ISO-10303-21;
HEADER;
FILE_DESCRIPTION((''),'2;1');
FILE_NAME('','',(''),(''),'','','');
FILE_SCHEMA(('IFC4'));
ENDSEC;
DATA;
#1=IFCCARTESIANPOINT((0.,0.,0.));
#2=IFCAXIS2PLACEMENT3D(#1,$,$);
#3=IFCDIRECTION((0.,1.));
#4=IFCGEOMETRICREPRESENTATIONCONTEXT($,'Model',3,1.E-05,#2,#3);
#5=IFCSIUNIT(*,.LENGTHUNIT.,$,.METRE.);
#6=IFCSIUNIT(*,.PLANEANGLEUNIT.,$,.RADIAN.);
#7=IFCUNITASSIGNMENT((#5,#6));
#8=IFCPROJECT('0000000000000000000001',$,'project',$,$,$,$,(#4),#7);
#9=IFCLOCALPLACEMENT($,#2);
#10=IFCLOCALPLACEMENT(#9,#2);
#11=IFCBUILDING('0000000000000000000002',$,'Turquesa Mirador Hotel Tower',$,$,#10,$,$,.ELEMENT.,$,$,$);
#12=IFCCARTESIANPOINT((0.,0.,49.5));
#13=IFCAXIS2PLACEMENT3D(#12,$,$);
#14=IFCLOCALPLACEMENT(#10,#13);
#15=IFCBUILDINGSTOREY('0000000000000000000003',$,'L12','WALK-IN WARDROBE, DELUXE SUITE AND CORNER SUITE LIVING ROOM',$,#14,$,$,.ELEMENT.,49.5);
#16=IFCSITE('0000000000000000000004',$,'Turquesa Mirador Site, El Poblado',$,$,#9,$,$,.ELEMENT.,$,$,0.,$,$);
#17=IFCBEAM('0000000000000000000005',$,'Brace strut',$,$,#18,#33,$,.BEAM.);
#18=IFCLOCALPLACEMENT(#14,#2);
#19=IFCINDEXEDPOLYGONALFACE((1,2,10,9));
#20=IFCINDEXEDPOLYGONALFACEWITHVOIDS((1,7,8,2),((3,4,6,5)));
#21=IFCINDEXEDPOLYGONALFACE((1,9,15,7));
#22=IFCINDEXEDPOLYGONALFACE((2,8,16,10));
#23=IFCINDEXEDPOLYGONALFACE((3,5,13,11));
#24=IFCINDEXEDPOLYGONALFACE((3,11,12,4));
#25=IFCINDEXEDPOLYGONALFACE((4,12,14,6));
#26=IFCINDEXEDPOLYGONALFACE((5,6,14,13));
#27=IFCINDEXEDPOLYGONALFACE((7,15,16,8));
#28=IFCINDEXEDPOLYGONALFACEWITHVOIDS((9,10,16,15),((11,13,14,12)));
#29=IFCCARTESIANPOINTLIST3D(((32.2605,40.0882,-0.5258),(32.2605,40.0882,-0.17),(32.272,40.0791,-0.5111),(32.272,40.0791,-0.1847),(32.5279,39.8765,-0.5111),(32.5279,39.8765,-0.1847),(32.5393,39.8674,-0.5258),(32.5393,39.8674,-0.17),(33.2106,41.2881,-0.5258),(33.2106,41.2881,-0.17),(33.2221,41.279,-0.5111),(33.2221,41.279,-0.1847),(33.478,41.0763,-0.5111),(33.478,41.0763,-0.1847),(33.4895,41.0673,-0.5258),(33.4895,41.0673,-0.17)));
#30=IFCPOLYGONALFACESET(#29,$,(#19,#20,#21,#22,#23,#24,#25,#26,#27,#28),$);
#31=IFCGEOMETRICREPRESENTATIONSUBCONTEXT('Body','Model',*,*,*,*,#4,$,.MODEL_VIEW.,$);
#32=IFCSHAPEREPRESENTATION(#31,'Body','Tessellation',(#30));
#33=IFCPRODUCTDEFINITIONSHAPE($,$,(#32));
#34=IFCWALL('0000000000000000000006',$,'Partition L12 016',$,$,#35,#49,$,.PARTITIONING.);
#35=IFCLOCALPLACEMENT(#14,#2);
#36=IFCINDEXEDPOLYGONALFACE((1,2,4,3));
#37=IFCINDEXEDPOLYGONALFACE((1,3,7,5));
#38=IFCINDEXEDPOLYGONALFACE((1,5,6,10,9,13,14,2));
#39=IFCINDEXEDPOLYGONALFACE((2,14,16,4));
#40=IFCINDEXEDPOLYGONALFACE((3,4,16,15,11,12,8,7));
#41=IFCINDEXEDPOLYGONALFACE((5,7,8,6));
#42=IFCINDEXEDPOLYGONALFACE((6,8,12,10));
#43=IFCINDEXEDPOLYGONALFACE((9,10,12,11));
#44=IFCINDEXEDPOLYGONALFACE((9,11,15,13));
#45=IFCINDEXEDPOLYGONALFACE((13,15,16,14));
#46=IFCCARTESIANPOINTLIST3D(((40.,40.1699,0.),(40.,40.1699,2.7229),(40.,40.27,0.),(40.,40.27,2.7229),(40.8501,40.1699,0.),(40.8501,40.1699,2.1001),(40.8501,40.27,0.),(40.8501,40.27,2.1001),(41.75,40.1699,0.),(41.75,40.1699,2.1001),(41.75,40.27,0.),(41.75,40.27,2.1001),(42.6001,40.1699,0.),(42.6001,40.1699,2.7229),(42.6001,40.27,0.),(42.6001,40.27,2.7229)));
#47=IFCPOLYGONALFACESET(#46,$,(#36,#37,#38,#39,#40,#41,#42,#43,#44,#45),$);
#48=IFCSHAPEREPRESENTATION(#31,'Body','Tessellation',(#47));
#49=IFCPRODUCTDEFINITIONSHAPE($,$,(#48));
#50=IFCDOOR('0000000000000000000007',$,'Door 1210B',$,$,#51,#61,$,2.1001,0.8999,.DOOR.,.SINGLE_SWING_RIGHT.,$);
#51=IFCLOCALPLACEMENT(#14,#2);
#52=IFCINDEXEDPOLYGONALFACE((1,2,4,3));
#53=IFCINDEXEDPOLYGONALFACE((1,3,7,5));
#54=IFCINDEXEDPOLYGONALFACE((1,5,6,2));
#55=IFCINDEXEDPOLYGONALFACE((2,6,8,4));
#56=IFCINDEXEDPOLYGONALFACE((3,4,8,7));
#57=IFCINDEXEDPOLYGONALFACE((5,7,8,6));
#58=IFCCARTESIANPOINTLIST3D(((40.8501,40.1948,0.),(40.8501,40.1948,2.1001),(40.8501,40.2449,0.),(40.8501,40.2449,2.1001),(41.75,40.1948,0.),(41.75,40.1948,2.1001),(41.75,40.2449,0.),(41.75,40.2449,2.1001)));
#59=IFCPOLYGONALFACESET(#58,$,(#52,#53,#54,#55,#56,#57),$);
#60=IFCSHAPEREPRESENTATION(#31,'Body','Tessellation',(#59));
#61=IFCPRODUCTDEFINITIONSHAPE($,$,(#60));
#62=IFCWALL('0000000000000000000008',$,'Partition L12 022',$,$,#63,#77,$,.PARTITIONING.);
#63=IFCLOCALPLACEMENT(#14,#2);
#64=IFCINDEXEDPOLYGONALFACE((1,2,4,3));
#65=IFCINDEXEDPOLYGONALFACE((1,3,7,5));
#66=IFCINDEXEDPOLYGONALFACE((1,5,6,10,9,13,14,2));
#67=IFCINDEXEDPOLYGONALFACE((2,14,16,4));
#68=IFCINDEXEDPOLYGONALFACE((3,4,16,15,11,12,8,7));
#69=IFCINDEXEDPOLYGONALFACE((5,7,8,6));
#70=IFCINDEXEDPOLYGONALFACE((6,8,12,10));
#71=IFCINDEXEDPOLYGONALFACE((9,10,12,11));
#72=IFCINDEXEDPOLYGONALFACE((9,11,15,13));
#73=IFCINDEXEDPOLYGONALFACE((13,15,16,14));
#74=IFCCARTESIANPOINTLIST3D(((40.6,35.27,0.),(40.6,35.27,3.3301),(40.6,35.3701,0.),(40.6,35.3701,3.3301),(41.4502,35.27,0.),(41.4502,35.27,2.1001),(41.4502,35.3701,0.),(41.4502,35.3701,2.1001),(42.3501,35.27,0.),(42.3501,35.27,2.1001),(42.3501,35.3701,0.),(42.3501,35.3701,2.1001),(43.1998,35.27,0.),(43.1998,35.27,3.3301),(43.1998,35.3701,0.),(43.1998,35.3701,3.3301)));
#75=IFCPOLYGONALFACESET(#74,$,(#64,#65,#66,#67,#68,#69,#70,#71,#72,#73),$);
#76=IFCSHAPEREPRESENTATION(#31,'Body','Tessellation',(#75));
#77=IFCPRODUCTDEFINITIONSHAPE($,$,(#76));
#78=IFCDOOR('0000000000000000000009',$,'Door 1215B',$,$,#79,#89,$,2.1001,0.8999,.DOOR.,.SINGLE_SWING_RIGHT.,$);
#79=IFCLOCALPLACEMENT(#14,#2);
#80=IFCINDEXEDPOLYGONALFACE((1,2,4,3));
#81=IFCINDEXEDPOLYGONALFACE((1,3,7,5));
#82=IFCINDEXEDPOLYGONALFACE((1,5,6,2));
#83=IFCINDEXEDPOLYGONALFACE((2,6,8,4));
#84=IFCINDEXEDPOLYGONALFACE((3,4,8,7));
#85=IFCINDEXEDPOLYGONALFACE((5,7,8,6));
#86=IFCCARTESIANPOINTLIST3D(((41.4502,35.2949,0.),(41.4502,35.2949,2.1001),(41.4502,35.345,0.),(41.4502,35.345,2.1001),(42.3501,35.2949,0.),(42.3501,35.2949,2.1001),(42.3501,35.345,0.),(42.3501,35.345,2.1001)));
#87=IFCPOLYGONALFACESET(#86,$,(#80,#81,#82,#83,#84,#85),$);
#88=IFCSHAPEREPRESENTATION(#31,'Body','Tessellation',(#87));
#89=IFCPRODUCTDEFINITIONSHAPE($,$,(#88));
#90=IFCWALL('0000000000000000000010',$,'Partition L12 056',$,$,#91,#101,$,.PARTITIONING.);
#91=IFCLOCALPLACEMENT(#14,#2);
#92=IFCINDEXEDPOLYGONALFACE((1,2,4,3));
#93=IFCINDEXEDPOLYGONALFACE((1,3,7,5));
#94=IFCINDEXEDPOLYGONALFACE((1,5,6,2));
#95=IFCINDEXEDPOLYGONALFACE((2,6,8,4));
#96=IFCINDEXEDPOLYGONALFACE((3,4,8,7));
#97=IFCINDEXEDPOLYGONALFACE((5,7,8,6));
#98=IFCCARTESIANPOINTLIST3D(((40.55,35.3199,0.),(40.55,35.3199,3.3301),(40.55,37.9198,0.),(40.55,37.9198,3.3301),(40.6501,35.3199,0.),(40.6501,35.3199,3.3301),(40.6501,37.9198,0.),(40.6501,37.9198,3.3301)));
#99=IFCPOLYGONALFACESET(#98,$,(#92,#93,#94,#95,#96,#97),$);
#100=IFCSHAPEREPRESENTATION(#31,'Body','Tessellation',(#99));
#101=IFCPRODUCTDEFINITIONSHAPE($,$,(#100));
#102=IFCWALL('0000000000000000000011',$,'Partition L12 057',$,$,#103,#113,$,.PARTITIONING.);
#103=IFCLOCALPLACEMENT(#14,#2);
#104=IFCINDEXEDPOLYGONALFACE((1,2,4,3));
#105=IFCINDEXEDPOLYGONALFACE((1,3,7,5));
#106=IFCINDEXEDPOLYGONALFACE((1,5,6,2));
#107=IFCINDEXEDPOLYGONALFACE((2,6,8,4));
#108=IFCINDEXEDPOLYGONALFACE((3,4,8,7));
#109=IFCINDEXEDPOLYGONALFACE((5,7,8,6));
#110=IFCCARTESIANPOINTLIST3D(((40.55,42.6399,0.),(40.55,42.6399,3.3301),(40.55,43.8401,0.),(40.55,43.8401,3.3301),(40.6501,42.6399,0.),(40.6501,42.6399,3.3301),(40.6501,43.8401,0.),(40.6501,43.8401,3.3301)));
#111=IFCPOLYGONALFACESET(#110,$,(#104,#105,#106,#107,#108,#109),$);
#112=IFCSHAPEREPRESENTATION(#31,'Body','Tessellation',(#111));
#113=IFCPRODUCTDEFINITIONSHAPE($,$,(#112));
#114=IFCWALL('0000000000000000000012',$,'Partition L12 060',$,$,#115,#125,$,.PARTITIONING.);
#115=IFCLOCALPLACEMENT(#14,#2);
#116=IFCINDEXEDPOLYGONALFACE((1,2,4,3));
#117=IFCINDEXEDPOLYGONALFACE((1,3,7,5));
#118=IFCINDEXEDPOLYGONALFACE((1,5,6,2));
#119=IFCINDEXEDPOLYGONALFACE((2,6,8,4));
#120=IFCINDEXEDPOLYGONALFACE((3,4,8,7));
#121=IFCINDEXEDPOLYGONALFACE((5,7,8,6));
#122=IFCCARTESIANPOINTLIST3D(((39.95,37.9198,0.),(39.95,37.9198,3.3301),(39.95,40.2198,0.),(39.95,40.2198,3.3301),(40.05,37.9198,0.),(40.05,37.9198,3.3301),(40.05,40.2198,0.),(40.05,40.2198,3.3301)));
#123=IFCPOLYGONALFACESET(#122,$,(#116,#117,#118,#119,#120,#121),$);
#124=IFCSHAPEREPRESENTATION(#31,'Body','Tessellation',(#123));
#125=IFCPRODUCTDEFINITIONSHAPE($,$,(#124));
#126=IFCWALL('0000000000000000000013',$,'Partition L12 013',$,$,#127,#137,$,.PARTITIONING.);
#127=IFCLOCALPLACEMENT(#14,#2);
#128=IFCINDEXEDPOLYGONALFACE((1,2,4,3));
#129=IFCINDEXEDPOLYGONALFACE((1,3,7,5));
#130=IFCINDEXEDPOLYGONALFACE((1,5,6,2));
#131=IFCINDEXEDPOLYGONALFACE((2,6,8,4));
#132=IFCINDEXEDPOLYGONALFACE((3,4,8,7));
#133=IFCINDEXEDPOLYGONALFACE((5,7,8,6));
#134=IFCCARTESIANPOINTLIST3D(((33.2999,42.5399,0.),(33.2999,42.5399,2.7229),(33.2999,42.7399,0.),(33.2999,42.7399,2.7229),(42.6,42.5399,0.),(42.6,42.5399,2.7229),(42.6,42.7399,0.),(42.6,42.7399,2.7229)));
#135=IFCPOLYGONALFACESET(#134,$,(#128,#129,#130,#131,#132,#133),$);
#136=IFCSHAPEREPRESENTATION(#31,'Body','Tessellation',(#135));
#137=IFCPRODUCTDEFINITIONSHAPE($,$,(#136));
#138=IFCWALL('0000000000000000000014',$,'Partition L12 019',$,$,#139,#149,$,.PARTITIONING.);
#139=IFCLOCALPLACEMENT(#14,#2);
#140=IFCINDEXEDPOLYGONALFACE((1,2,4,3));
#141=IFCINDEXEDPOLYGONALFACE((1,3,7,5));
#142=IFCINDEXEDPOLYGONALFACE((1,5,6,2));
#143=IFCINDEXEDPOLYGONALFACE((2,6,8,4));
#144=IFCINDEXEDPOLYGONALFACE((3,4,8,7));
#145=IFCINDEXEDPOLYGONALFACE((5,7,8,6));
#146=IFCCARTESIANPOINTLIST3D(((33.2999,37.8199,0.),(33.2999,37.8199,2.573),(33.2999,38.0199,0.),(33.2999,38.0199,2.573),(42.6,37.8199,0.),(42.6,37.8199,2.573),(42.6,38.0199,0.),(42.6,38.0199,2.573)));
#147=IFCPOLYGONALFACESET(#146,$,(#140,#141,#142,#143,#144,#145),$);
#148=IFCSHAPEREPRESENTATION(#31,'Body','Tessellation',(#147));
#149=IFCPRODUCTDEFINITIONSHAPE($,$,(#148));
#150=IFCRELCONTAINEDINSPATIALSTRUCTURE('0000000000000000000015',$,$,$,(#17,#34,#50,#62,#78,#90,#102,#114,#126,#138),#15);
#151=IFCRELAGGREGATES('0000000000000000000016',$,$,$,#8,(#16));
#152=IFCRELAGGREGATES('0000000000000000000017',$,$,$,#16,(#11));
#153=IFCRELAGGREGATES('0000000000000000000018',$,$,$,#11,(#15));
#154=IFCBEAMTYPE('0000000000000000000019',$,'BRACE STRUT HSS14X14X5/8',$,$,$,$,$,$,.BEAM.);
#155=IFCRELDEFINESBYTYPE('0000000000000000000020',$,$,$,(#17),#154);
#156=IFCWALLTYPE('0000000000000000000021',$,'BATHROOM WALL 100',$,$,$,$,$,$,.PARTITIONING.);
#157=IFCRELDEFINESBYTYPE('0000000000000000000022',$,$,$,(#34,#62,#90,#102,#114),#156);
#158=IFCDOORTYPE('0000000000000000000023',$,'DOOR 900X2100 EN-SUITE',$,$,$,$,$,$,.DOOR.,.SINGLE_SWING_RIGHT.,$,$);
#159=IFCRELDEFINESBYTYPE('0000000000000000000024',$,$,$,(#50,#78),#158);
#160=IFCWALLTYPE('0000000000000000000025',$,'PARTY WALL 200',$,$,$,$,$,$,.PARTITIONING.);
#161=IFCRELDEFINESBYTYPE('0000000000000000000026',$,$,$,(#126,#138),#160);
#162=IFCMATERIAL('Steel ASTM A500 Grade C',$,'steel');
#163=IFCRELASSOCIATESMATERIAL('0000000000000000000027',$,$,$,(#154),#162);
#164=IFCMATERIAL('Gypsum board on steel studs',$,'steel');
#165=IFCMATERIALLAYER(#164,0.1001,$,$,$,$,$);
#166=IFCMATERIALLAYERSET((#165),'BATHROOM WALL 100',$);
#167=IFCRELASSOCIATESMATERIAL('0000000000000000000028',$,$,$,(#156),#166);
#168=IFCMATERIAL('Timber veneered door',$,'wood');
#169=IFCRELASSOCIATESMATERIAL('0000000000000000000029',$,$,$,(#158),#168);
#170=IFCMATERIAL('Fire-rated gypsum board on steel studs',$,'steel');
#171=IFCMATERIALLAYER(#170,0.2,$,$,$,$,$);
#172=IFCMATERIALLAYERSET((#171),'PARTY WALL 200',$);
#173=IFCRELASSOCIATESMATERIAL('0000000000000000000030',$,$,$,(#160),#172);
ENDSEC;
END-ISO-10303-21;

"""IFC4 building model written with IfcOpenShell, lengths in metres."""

from ifc_helpers import new_model, si_unit, direction, frame, frame_2d, origin, origin_2d, place, context, subcontext, project, spatial, rectangle, hollow_rectangle, extrude, material, layer, layer_set, material_profile, profile_set, type_object, element, fill, save


model = new_model("IFC4")

# Units and contexts
model_context = context("Model", 3, precision=1e-05, world=origin(), true_north=direction((0.0, 1.0)))
body_context = subcontext(model_context, "Body", "Model", "MODEL_VIEW")
ifc_project = project(units=[si_unit("LENGTHUNIT", "METRE"), si_unit("PLANEANGLEUNIT", "RADIAN")], contexts=[model_context])

# Site, building, storey
site_placement = place(None, origin())
site = spatial("IfcSite", under=ifc_project, at=site_placement, Name="Turquesa Mirador Site, El Poblado", CompositionType="ELEMENT", RefElevation=0.0)
building_placement = place(site_placement, origin())
building = spatial("IfcBuilding", under=site, at=building_placement, Name="Turquesa Mirador Hotel Tower", CompositionType="ELEMENT")
storey_placement = place(building_placement, frame((0.0, 0.0, 49.5)))
storey = spatial("IfcBuildingStorey", under=building, at=storey_placement, Name="L12", Description="WALK-IN WARDROBE, DELUXE SUITE AND CORNER SUITE LIVING ROOM", CompositionType="ELEMENT", Elevation=49.5)

# Beam
ifc_material_1 = material(Name="Steel ASTM A500 Grade C", Category="steel")
ifc_material_profile_1 = material_profile(ifc_material_1, hollow_rectangle(XDim=0.3557, YDim=0.3557, WallThickness=0.0146, at=origin_2d()), Name="HSS14X14X5/8")
ifc_profile_set_1 = profile_set([ifc_material_profile_1], Name="Steel ASTM A500 Grade C")
beam_type_1 = type_object("IfcBeamType", Name="BRACE STRUT HSS14X14X5/8", PredefinedType="BEAM", material=ifc_profile_set_1)
for number, where, z_axis, x_axis, name in (
    (1, (32.3999, 39.9778, -0.3479), (0.620797, 0.783971, 0.0), (-0.783971, 0.620797, 0.0), "Brace strut"),
):
    element("IfcBeam", number, at=place(storey_placement, frame(where, z_axis=z_axis, x_axis=x_axis)), inside=storey, type_object=beam_type_1, Name=name, PredefinedType="BEAM", context=body_context, shape_type="SweptSolid", body=[
        extrude(hollow_rectangle(XDim=0.3557, YDim=0.3557, WallThickness=0.0146, at=origin_2d()), origin(), (0.0, 0.0, 1.0), 1.5305),
    ])

# Walls, openings, doors
ifc_material_2 = material(Name="Gypsum board on steel studs", Category="steel")
ifc_layer_1 = layer(ifc_material_2, 0.1001)
ifc_layer_set_1 = layer_set([ifc_layer_1], Name="BATHROOM WALL 100")
wall_type_1 = type_object("IfcWallType", Name="BATHROOM WALL 100", PredefinedType="PARTITIONING", material=ifc_layer_set_1)
wall_1_placement = place(storey_placement, frame((40.0, 40.22, 0.0), z_axis=(0.0, 0.0, 1.0), x_axis=(1.0, 0.0, 0.0)))
wall_1 = element("IfcWall", 2, at=wall_1_placement, inside=storey, type_object=wall_type_1, Name="Partition L12 016", PredefinedType="PARTITIONING", context=body_context, shape_type="SweptSolid", body=[
    extrude(rectangle(XDim=2.6001, YDim=0.1001, at=frame_2d((1.3, 0.0))), origin(), (0.0, 0.0, 1.0), 2.7229),
])
opening_1_placement = place(wall_1_placement, frame((0.8501, 0.0, 0.0)))
opening_1 = element("IfcOpeningElement", 3, at=opening_1_placement, cuts=wall_1, PredefinedType="OPENING", context=body_context, shape_type="SweptSolid", body=[
    extrude(rectangle(XDim=0.8999, YDim=2.1001, at=frame_2d((0.45, 1.05))), frame((0.0, 0.0601, 0.0), z_axis=(0.0, -1.0, 0.0), x_axis=(1.0, 0.0, 0.0)), (0.0, 0.0, 1.0), 0.1201),
])
ifc_material_3 = material(Name="Timber veneered door", Category="wood")
door_type_1 = type_object("IfcDoorType", Name="DOOR 900X2100 EN-SUITE", OperationType="SINGLE_SWING_RIGHT", PredefinedType="DOOR", material=ifc_material_3)
door_1_placement = place(opening_1_placement, origin())
door_1 = element("IfcDoor", 4, at=door_1_placement, inside=storey, type_object=door_type_1, Name="Door 1210B", OperationType="SINGLE_SWING_RIGHT", OverallHeight=2.1001, OverallWidth=0.8999, PredefinedType="DOOR", context=body_context, shape_type="SweptSolid", body=[
    extrude(rectangle(XDim=0.8999, YDim=2.1001, at=frame_2d((0.45, 1.05))), frame((0.0, 0.0249, 0.0), z_axis=(0.0, -1.0, 0.0), x_axis=(1.0, 0.0, 0.0)), (0.0, 0.0, 1.0), 0.05),
])
fill(opening_1, door_1)
wall_2_placement = place(storey_placement, frame((40.6001, 35.3201, 0.0), z_axis=(0.0, 0.0, 1.0), x_axis=(1.0, 0.0, 0.0)))
wall_2 = element("IfcWall", 5, at=wall_2_placement, inside=storey, type_object=wall_type_1, Name="Partition L12 022", PredefinedType="PARTITIONING", context=body_context, shape_type="SweptSolid", body=[
    extrude(rectangle(XDim=2.5999, YDim=0.1001, at=frame_2d((1.2998, 0.0))), origin(), (0.0, 0.0, 1.0), 3.3301),
])
opening_2_placement = place(wall_2_placement, frame((0.8501, 0.0, 0.0)))
opening_2 = element("IfcOpeningElement", 6, at=opening_2_placement, cuts=wall_2, PredefinedType="OPENING", context=body_context, shape_type="SweptSolid", body=[
    extrude(rectangle(XDim=0.8999, YDim=2.1001, at=frame_2d((0.45, 1.05))), frame((0.0, 0.0601, 0.0), z_axis=(0.0, -1.0, 0.0), x_axis=(1.0, 0.0, 0.0)), (0.0, 0.0, 1.0), 0.1201),
])
door_2_placement = place(opening_2_placement, origin())
door_2 = element("IfcDoor", 7, at=door_2_placement, inside=storey, type_object=door_type_1, Name="Door 1215B", OperationType="SINGLE_SWING_RIGHT", OverallHeight=2.1001, OverallWidth=0.8999, PredefinedType="DOOR", context=body_context, shape_type="SweptSolid", body=[
    extrude(rectangle(XDim=0.8999, YDim=2.1001, at=frame_2d((0.45, 1.05))), frame((0.0, 0.0249, 0.0), z_axis=(0.0, -1.0, 0.0), x_axis=(1.0, 0.0, 0.0)), (0.0, 0.0, 1.0), 0.05),
])
fill(opening_2, door_2)

# Walls
wall_3_placement = place(storey_placement, frame((40.6001, 35.3201, 0.0), z_axis=(0.0, 0.0, 1.0), x_axis=(0.0, 1.0, 0.0)))
element("IfcWall", 8, at=wall_3_placement, inside=storey, type_object=wall_type_1, Name="Partition L12 056", PredefinedType="PARTITIONING", context=body_context, shape_type="SweptSolid", body=[
    extrude(rectangle(XDim=2.5999, YDim=0.1001, at=frame_2d((1.2998, 0.0))), origin(), (0.0, 0.0, 1.0), 3.3301),
])
wall_4_placement = place(storey_placement, frame((40.6001, 42.6399, 0.0), z_axis=(0.0, 0.0, 1.0), x_axis=(0.0, 1.0, 0.0)))
element("IfcWall", 9, at=wall_4_placement, inside=storey, type_object=wall_type_1, Name="Partition L12 057", PredefinedType="PARTITIONING", context=body_context, shape_type="SweptSolid", body=[
    extrude(rectangle(XDim=1.2002, YDim=0.1001, at=frame_2d((0.6001, 0.0))), origin(), (0.0, 0.0, 1.0), 3.3301),
])
wall_5_placement = place(storey_placement, frame((40.0, 37.9199, 0.0), z_axis=(0.0, 0.0, 1.0), x_axis=(0.0, 1.0, 0.0)))
element("IfcWall", 10, at=wall_5_placement, inside=storey, type_object=wall_type_1, Name="Partition L12 060", PredefinedType="PARTITIONING", context=body_context, shape_type="SweptSolid", body=[
    extrude(rectangle(XDim=2.3, YDim=0.1001, at=frame_2d((1.1499, 0.0))), origin(), (0.0, 0.0, 1.0), 3.3301),
])
ifc_material_4 = material(Name="Fire-rated gypsum board on steel studs", Category="steel")
ifc_layer_2 = layer(ifc_material_4, 0.2)
ifc_layer_set_2 = layer_set([ifc_layer_2], Name="PARTY WALL 200")
wall_type_2 = type_object("IfcWallType", Name="PARTY WALL 200", PredefinedType="PARTITIONING", material=ifc_layer_set_2)
wall_6_placement = place(storey_placement, frame((33.3, 42.6399, 0.0), z_axis=(0.0, 0.0, 1.0), x_axis=(1.0, 0.0, 0.0)))
element("IfcWall", 11, at=wall_6_placement, inside=storey, type_object=wall_type_2, Name="Partition L12 013", PredefinedType="PARTITIONING", context=body_context, shape_type="SweptSolid", body=[
    extrude(rectangle(XDim=9.3, YDim=0.2, at=frame_2d((4.6499, 0.0))), origin(), (0.0, 0.0, 1.0), 2.7229),
])
wall_7_placement = place(storey_placement, frame((33.3, 37.9199, 0.0), z_axis=(0.0, 0.0, 1.0), x_axis=(1.0, 0.0, 0.0)))
element("IfcWall", 12, at=wall_7_placement, inside=storey, type_object=wall_type_2, Name="Partition L12 019", PredefinedType="PARTITIONING", context=body_context, shape_type="SweptSolid", body=[
    extrude(rectangle(XDim=9.3, YDim=0.2, at=frame_2d((4.6499, 0.0))), origin(), (0.0, 0.0, 1.0), 2.573),
])

save(model, "model.ifc")
